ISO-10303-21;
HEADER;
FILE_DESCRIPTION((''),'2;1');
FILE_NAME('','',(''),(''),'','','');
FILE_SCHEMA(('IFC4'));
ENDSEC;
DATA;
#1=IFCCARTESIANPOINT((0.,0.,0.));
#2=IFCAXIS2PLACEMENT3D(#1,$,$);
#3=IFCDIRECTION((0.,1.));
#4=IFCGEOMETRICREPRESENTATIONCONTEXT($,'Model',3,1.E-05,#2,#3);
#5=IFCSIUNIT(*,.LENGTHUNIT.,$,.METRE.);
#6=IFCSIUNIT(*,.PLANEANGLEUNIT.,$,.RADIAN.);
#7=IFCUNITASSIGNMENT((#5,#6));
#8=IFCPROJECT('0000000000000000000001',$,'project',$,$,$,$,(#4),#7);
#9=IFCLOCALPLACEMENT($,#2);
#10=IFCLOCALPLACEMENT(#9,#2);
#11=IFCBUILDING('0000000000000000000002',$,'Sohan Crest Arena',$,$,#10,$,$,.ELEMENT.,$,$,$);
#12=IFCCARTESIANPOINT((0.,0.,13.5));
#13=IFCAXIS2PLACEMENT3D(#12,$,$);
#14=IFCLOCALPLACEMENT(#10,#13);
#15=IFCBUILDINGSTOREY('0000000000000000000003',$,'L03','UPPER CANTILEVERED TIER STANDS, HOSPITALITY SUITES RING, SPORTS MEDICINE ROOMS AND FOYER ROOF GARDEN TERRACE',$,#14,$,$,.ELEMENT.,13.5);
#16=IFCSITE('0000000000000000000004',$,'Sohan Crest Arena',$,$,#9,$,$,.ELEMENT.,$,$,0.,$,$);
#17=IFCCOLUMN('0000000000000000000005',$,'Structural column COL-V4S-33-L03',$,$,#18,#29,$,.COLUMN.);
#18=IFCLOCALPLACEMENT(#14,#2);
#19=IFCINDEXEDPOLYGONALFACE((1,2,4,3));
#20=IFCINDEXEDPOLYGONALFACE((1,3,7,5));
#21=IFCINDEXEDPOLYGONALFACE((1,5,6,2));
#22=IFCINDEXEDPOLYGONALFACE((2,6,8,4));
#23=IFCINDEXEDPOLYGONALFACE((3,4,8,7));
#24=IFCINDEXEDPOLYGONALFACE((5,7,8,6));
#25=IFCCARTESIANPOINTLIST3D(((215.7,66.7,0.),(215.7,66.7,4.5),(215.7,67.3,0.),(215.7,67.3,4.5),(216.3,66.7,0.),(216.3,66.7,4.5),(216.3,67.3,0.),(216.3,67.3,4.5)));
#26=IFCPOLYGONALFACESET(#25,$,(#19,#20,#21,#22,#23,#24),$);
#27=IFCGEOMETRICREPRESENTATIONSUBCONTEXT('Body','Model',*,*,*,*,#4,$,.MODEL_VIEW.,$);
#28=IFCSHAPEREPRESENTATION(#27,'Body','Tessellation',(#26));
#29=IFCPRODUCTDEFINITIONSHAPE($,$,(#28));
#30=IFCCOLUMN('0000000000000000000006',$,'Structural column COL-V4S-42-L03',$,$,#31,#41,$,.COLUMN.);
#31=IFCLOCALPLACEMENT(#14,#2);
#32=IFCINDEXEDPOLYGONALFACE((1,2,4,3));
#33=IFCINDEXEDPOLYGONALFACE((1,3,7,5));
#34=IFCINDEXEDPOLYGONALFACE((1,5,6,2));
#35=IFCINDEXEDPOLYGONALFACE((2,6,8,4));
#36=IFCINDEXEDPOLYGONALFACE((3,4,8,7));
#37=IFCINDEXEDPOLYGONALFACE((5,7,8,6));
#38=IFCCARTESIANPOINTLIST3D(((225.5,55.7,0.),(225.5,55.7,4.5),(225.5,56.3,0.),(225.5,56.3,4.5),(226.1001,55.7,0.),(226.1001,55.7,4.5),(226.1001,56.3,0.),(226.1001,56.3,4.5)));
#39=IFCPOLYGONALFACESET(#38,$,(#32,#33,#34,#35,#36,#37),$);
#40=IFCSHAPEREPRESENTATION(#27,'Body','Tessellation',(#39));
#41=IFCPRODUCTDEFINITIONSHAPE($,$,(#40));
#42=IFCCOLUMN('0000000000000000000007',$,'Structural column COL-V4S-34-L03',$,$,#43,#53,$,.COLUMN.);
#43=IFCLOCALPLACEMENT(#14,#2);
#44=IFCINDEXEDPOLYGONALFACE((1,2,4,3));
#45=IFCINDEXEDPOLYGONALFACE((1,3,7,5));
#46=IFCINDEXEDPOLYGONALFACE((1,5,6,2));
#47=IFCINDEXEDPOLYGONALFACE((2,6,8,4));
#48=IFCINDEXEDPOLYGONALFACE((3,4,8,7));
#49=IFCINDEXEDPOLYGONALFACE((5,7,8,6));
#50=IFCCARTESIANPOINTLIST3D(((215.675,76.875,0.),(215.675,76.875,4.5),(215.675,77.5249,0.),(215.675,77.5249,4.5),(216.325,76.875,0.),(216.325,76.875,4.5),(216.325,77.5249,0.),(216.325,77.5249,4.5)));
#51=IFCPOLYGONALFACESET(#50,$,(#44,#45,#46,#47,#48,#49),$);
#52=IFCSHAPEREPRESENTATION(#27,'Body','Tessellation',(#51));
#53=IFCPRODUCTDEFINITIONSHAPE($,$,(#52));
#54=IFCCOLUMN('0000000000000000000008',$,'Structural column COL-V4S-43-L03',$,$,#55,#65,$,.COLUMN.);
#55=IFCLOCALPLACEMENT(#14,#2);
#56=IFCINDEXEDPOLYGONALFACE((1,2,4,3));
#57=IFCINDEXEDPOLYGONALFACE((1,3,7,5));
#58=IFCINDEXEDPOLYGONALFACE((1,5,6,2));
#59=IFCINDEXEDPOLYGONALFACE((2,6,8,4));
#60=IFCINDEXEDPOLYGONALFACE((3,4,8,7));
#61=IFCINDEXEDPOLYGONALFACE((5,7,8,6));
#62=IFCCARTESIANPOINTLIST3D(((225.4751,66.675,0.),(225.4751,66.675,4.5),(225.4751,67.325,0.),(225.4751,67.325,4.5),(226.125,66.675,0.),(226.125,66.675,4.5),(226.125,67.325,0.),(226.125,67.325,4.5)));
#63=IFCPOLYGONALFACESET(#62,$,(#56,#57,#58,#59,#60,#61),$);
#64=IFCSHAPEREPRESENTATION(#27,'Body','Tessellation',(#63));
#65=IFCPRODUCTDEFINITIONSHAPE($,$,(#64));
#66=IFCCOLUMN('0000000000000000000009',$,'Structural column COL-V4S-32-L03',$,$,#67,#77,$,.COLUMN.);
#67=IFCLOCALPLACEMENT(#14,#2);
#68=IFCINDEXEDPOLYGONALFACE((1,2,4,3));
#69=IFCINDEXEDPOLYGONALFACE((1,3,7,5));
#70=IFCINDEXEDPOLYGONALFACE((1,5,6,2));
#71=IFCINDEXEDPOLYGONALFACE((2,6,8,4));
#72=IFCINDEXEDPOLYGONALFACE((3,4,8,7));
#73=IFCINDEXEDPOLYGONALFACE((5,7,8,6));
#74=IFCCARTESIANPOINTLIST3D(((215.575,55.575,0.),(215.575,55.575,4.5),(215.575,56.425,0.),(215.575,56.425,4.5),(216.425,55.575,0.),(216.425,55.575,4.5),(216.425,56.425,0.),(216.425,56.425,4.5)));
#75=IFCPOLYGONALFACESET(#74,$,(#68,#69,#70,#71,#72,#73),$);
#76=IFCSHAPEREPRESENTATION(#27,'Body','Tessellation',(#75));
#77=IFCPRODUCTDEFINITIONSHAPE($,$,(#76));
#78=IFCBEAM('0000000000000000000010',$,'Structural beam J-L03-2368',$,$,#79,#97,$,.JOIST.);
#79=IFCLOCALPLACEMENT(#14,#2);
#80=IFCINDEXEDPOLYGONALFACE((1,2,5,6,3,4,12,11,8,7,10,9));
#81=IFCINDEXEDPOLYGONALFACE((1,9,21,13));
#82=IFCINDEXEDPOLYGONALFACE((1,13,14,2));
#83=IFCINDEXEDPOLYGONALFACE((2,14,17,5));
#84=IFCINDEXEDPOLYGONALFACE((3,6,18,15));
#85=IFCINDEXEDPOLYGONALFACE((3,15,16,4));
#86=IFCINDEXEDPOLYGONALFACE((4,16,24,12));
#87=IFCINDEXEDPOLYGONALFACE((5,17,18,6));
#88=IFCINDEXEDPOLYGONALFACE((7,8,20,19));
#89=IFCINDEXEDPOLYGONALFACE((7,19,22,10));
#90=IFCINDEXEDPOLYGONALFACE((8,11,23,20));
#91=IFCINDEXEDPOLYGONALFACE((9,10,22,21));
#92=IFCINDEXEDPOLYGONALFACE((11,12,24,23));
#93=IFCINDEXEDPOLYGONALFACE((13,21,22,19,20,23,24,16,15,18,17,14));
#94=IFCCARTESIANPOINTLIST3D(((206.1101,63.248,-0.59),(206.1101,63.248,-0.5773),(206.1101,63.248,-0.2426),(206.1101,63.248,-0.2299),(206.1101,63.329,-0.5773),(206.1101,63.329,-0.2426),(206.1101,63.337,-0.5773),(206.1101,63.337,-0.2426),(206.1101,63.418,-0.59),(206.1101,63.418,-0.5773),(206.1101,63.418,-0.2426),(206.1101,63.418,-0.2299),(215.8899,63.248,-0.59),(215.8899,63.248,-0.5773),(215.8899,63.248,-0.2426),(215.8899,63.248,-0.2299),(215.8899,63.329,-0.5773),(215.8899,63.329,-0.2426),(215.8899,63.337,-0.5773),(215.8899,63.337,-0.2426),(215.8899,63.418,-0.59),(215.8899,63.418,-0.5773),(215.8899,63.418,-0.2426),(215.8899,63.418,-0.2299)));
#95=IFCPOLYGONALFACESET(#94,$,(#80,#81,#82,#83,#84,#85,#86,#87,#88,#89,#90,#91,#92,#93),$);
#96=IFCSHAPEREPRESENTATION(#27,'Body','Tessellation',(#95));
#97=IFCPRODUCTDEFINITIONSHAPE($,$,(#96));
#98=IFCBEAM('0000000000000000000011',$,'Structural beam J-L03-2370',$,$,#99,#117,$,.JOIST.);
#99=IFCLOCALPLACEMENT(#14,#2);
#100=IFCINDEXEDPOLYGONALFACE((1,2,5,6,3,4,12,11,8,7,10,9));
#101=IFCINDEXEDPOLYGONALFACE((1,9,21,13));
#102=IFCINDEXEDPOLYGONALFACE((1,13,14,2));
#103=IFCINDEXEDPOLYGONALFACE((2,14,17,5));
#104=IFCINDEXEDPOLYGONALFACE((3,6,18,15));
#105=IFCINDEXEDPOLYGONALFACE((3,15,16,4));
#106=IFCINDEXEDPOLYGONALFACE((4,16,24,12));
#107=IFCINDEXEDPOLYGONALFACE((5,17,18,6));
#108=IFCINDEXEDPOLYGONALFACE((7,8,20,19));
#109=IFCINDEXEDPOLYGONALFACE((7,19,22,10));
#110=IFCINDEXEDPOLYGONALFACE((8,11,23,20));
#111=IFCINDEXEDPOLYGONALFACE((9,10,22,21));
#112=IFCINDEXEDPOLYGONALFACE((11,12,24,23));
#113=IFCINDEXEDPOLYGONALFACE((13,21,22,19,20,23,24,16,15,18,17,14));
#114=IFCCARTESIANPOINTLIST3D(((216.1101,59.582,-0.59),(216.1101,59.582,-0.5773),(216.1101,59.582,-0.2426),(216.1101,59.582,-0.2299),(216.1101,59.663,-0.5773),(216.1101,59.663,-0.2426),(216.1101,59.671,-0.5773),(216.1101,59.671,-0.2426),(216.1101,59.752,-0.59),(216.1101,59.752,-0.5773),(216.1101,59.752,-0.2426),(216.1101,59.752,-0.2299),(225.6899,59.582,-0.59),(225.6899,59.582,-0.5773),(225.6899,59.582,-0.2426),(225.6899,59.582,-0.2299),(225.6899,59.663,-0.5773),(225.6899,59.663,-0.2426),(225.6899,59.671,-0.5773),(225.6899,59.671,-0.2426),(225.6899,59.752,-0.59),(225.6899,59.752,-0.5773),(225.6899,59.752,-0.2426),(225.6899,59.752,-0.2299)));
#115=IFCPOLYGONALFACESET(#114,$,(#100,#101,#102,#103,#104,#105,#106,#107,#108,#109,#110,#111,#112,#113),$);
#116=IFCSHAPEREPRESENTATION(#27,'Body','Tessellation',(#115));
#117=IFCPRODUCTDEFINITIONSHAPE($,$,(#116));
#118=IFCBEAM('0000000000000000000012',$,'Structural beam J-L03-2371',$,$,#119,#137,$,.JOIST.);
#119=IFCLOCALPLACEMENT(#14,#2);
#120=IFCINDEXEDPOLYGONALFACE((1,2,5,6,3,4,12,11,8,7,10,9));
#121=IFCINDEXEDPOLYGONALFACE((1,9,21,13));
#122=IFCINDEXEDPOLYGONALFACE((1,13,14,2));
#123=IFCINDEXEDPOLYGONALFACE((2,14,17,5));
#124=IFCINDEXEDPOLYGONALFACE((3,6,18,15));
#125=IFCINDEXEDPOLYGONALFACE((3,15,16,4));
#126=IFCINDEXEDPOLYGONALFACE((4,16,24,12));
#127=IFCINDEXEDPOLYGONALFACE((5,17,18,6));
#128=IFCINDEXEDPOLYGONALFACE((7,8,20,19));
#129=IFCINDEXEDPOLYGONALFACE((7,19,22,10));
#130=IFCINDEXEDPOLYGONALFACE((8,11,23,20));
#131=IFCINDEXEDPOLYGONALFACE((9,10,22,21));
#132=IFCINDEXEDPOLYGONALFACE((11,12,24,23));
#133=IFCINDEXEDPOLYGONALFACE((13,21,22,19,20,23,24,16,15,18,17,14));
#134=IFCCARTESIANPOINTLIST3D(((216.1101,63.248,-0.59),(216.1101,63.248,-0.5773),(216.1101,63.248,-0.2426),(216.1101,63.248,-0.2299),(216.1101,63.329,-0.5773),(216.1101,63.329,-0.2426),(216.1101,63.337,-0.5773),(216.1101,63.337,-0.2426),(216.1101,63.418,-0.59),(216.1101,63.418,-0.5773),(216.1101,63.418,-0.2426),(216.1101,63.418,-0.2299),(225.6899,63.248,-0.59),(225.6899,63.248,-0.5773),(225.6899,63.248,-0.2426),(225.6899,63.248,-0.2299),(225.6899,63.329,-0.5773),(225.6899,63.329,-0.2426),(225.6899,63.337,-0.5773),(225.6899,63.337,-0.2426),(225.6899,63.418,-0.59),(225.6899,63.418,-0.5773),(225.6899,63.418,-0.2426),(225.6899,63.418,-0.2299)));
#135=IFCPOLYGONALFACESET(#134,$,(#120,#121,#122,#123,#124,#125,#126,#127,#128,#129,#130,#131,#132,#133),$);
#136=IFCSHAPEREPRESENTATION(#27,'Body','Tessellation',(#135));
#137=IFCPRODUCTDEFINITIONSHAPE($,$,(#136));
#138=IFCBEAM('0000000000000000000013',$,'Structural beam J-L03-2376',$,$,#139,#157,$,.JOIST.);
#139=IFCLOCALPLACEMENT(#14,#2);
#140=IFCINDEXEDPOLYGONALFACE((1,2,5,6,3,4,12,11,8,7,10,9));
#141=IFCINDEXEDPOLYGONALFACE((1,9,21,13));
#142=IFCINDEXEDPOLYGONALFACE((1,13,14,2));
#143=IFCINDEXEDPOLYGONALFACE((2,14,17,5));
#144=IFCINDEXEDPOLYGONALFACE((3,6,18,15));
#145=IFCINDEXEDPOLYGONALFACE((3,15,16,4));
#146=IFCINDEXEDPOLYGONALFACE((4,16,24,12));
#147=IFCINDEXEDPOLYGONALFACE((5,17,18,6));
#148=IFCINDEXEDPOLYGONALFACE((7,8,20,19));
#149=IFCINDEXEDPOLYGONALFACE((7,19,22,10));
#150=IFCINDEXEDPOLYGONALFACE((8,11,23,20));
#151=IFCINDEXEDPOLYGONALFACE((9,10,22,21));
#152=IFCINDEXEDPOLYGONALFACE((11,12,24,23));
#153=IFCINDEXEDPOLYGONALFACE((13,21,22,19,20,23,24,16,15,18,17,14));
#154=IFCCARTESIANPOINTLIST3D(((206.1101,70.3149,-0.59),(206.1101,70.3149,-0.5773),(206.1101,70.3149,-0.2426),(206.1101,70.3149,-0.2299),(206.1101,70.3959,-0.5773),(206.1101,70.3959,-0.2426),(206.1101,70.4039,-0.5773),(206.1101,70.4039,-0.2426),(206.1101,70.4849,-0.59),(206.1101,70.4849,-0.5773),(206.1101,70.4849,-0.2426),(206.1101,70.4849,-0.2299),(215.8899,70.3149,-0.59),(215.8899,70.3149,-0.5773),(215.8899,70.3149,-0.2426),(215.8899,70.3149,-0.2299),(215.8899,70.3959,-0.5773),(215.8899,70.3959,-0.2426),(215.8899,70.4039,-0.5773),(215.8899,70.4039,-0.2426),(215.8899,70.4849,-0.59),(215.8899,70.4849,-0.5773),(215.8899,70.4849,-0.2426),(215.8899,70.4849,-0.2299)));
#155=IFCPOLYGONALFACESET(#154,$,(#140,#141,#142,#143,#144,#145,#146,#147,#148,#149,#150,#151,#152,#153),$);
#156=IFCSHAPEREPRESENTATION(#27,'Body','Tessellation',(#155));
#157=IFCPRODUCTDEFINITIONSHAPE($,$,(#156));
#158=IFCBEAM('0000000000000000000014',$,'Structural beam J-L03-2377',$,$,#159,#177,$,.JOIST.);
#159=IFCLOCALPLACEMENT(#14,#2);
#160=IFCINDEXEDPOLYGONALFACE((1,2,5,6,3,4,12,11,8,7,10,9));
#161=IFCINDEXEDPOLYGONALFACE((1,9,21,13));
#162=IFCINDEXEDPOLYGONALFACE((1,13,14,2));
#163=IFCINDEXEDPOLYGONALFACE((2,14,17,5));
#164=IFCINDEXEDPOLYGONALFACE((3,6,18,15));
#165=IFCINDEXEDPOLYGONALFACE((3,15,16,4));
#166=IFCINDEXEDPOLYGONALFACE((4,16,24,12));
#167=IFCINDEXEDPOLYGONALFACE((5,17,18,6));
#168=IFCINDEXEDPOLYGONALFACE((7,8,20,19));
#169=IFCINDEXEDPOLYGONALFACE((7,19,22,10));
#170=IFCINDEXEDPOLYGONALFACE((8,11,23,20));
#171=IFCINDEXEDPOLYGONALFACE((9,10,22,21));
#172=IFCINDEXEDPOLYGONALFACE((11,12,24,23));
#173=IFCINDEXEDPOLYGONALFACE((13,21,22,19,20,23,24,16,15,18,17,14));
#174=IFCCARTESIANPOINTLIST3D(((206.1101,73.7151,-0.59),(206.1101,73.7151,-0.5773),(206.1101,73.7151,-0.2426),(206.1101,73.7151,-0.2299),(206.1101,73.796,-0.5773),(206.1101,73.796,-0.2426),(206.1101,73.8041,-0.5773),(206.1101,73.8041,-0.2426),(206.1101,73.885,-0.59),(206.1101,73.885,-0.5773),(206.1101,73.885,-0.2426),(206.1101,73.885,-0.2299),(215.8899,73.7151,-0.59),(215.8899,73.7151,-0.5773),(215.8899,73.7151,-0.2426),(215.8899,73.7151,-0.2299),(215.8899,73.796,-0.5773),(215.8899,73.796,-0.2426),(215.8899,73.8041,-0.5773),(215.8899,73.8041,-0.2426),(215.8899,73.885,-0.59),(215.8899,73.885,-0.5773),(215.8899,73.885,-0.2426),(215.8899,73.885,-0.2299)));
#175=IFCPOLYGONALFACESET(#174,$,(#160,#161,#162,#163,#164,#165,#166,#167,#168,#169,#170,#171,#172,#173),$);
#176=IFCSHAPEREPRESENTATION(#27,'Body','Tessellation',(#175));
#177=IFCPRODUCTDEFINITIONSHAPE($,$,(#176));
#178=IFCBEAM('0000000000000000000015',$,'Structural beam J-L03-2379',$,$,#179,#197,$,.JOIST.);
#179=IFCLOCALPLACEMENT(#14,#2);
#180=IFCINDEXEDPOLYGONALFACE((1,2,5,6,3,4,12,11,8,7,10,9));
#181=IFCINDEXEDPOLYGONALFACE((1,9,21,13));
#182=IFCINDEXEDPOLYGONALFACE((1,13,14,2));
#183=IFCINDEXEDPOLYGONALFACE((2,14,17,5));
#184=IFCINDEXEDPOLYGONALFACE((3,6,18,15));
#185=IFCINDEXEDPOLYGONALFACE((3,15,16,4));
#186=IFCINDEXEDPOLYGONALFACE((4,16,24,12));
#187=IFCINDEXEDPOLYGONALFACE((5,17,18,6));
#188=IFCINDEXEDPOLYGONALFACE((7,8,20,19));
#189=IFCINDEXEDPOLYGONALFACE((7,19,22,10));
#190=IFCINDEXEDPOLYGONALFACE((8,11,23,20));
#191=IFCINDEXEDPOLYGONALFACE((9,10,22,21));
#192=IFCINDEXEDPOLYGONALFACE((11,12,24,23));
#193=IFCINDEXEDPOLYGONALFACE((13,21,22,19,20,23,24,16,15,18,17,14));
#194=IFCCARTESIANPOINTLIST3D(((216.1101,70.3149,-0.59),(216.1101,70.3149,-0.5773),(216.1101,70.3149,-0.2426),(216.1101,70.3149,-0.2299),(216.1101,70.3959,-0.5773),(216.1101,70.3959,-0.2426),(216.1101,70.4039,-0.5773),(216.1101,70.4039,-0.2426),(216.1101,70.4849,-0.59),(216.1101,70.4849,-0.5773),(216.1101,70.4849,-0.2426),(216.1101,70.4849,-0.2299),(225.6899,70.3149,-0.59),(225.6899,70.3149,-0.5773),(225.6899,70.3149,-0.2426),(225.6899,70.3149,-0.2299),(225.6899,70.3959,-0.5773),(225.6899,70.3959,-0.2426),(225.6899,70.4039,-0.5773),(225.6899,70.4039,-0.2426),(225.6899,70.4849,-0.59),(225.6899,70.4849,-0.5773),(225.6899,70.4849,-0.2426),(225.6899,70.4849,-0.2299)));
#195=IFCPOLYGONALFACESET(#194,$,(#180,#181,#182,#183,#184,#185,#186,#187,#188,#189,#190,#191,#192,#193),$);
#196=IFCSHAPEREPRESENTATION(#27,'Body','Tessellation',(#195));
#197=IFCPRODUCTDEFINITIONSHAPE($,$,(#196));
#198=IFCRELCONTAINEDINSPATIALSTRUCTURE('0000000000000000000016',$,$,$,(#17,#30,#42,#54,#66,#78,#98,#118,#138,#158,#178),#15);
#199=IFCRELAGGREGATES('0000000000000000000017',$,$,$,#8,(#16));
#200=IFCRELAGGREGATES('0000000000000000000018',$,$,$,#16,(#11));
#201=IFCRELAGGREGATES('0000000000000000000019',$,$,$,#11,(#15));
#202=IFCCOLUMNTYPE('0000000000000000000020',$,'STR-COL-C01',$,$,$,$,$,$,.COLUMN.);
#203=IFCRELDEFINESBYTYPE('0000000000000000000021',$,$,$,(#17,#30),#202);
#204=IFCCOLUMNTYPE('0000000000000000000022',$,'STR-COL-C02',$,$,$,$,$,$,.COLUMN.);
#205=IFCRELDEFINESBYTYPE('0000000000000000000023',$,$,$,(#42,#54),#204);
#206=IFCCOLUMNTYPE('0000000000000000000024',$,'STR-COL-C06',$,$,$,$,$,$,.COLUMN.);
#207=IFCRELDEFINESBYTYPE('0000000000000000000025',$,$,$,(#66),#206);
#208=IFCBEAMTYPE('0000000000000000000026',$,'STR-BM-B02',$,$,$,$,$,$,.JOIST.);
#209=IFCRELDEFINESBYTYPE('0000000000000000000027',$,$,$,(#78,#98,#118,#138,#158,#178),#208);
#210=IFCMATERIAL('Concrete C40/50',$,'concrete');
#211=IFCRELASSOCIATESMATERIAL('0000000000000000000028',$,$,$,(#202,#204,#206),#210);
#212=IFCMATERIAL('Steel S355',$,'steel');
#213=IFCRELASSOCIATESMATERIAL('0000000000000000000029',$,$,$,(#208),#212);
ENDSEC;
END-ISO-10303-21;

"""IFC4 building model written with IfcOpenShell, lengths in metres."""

from ifc_helpers import new_model, si_unit, direction, frame, origin, origin_2d, place, context, subcontext, project, spatial, rectangle, i_section, extrude, material, material_profile, profile_set, type_object, element, save


model = new_model("IFC4")

# Units and contexts
model_context = context("Model", 3, precision=1e-05, world=origin(), true_north=direction((0.0, 1.0)))
body_context = subcontext(model_context, "Body", "Model", "MODEL_VIEW")
ifc_project = project(units=[si_unit("LENGTHUNIT", "METRE"), si_unit("PLANEANGLEUNIT", "RADIAN")], contexts=[model_context])

# Site, building, storey
site_placement = place(None, origin())
site = spatial("IfcSite", under=ifc_project, at=site_placement, Name="Sohan Crest Arena", CompositionType="ELEMENT", RefElevation=0.0)
building_placement = place(site_placement, origin())
building = spatial("IfcBuilding", under=site, at=building_placement, Name="Sohan Crest Arena", CompositionType="ELEMENT")
storey_placement = place(building_placement, frame((0.0, 0.0, 13.5)))
storey = spatial("IfcBuildingStorey", under=building, at=storey_placement, Name="L03", Description="UPPER CANTILEVERED TIER STANDS, HOSPITALITY SUITES RING, SPORTS MEDICINE ROOMS AND FOYER ROOF GARDEN TERRACE", CompositionType="ELEMENT", Elevation=13.5)

# Columns
ifc_material_1 = material(Name="Concrete C40/50", Category="concrete")
ifc_material_profile_1 = material_profile(ifc_material_1, rectangle(XDim=0.6001, YDim=0.6001, at=origin_2d()), Name="RC 600x600")
ifc_profile_set_1 = profile_set([ifc_material_profile_1], Name="Concrete C40/50")
column_type_1 = type_object("IfcColumnType", Name="STR-COL-C01", PredefinedType="COLUMN", material=ifc_profile_set_1)
for number, where, z_axis, x_axis, name in (
    (1, (216.0, 67.0, 0.0), (0.0, 0.0, 1.0), (1.0, 0.0, 0.0), "Structural column COL-V4S-33-L03"),
    (2, (225.8, 56.0, 0.0), (0.0, 0.0, 1.0), (1.0, 0.0, 0.0), "Structural column COL-V4S-42-L03"),
):
    element("IfcColumn", number, at=place(storey_placement, frame(where, z_axis=z_axis, x_axis=x_axis)), inside=storey, type_object=column_type_1, Name=name, PredefinedType="COLUMN", context=body_context, shape_type="SweptSolid", body=[
        extrude(rectangle(XDim=0.6001, YDim=0.6001, at=origin_2d()), origin(), (0.0, 0.0, 1.0), 4.5),
    ])
ifc_material_profile_2 = material_profile(ifc_material_1, rectangle(XDim=0.6499, YDim=0.6499, at=origin_2d()), Name="RC 650x650")
ifc_profile_set_2 = profile_set([ifc_material_profile_2], Name="Concrete C40/50")
column_type_2 = type_object("IfcColumnType", Name="STR-COL-C02", PredefinedType="COLUMN", material=ifc_profile_set_2)
for number, where, z_axis, x_axis, name in (
    (3, (216.0, 77.2, 0.0), (0.0, 0.0, 1.0), (1.0, 0.0, 0.0), "Structural column COL-V4S-34-L03"),
    (4, (225.8, 67.0, 0.0), (0.0, 0.0, 1.0), (1.0, 0.0, 0.0), "Structural column COL-V4S-43-L03"),
):
    element("IfcColumn", number, at=place(storey_placement, frame(where, z_axis=z_axis, x_axis=x_axis)), inside=storey, type_object=column_type_2, Name=name, PredefinedType="COLUMN", context=body_context, shape_type="SweptSolid", body=[
        extrude(rectangle(XDim=0.6499, YDim=0.6499, at=origin_2d()), origin(), (0.0, 0.0, 1.0), 4.5),
    ])
ifc_material_profile_3 = material_profile(ifc_material_1, rectangle(XDim=0.8501, YDim=0.8501, at=origin_2d()), Name="RC 850x850")
ifc_profile_set_3 = profile_set([ifc_material_profile_3], Name="Concrete C40/50")
column_type_3 = type_object("IfcColumnType", Name="STR-COL-C06", PredefinedType="COLUMN", material=ifc_profile_set_3)
column_placement = place(storey_placement, frame((216.0, 56.0, 0.0), z_axis=(0.0, 0.0, 1.0), x_axis=(1.0, 0.0, 0.0)))
element("IfcColumn", 5, at=column_placement, inside=storey, type_object=column_type_3, Name="Structural column COL-V4S-32-L03", PredefinedType="COLUMN", context=body_context, shape_type="SweptSolid", body=[
    extrude(rectangle(XDim=0.8501, YDim=0.8501, at=origin_2d()), origin(), (0.0, 0.0, 1.0), 4.5),
])

# Beams
ifc_material_2 = material(Name="Steel S355", Category="steel")
ifc_material_profile_4 = material_profile(ifc_material_2, i_section(OverallWidth=0.1699, OverallDepth=0.3601, WebThickness=0.0081, FlangeThickness=0.0127, at=origin_2d()), Name="IPE 360")
ifc_profile_set_4 = profile_set([ifc_material_profile_4], Name="Steel S355")
beam_type_1 = type_object("IfcBeamType", Name="STR-BM-B02", PredefinedType="JOIST", material=ifc_profile_set_4)
beam_1_placement = place(storey_placement, frame((206.1101, 63.333, -0.4099), z_axis=(1.0, 0.0, 0.0), x_axis=(0.0, 1.0, 0.0)))
element("IfcBeam", 6, at=beam_1_placement, inside=storey, type_object=beam_type_1, Name="Structural beam J-L03-2368", PredefinedType="JOIST", context=body_context, shape_type="SweptSolid", body=[
    extrude(i_section(OverallWidth=0.1699, OverallDepth=0.3601, WebThickness=0.0081, FlangeThickness=0.0127, at=origin_2d()), origin(), (0.0, 0.0, 1.0), 9.7798),
])
for number, where, z_axis, x_axis, name in (
    (7, (216.1101, 59.667, -0.4099), (1.0, 0.0, 0.0), (0.0, 1.0, 0.0), "Structural beam J-L03-2370"),
    (8, (216.1101, 63.333, -0.4099), (1.0, 0.0, 0.0), (0.0, 1.0, 0.0), "Structural beam J-L03-2371"),
):
    element("IfcBeam", number, at=place(storey_placement, frame(where, z_axis=z_axis, x_axis=x_axis)), inside=storey, type_object=beam_type_1, Name=name, PredefinedType="JOIST", context=body_context, shape_type="SweptSolid", body=[
        extrude(i_section(OverallWidth=0.1699, OverallDepth=0.3601, WebThickness=0.0081, FlangeThickness=0.0127, at=origin_2d()), origin(), (0.0, 0.0, 1.0), 9.5798),
    ])
for number, where, z_axis, x_axis, name in (
    (9, (206.1101, 70.3999, -0.4099), (1.0, 0.0, 0.0), (0.0, 1.0, 0.0), "Structural beam J-L03-2376"),
    (10, (206.1101, 73.8, -0.4099), (1.0, 0.0, 0.0), (0.0, 1.0, 0.0), "Structural beam J-L03-2377"),
):
    element("IfcBeam", number, at=place(storey_placement, frame(where, z_axis=z_axis, x_axis=x_axis)), inside=storey, type_object=beam_type_1, Name=name, PredefinedType="JOIST", context=body_context, shape_type="SweptSolid", body=[
        extrude(i_section(OverallWidth=0.1699, OverallDepth=0.3601, WebThickness=0.0081, FlangeThickness=0.0127, at=origin_2d()), origin(), (0.0, 0.0, 1.0), 9.7798),
    ])
for number, where, z_axis, x_axis, name in (
    (11, (216.1101, 70.3999, -0.4099), (1.0, 0.0, 0.0), (0.0, 1.0, 0.0), "Structural beam J-L03-2379"),
):
    element("IfcBeam", number, at=place(storey_placement, frame(where, z_axis=z_axis, x_axis=x_axis)), inside=storey, type_object=beam_type_1, Name=name, PredefinedType="JOIST", context=body_context, shape_type="SweptSolid", body=[
        extrude(i_section(OverallWidth=0.1699, OverallDepth=0.3601, WebThickness=0.0081, FlangeThickness=0.0127, at=origin_2d()), origin(), (0.0, 0.0, 1.0), 9.5798),
    ])

save(model, "model.ifc")
